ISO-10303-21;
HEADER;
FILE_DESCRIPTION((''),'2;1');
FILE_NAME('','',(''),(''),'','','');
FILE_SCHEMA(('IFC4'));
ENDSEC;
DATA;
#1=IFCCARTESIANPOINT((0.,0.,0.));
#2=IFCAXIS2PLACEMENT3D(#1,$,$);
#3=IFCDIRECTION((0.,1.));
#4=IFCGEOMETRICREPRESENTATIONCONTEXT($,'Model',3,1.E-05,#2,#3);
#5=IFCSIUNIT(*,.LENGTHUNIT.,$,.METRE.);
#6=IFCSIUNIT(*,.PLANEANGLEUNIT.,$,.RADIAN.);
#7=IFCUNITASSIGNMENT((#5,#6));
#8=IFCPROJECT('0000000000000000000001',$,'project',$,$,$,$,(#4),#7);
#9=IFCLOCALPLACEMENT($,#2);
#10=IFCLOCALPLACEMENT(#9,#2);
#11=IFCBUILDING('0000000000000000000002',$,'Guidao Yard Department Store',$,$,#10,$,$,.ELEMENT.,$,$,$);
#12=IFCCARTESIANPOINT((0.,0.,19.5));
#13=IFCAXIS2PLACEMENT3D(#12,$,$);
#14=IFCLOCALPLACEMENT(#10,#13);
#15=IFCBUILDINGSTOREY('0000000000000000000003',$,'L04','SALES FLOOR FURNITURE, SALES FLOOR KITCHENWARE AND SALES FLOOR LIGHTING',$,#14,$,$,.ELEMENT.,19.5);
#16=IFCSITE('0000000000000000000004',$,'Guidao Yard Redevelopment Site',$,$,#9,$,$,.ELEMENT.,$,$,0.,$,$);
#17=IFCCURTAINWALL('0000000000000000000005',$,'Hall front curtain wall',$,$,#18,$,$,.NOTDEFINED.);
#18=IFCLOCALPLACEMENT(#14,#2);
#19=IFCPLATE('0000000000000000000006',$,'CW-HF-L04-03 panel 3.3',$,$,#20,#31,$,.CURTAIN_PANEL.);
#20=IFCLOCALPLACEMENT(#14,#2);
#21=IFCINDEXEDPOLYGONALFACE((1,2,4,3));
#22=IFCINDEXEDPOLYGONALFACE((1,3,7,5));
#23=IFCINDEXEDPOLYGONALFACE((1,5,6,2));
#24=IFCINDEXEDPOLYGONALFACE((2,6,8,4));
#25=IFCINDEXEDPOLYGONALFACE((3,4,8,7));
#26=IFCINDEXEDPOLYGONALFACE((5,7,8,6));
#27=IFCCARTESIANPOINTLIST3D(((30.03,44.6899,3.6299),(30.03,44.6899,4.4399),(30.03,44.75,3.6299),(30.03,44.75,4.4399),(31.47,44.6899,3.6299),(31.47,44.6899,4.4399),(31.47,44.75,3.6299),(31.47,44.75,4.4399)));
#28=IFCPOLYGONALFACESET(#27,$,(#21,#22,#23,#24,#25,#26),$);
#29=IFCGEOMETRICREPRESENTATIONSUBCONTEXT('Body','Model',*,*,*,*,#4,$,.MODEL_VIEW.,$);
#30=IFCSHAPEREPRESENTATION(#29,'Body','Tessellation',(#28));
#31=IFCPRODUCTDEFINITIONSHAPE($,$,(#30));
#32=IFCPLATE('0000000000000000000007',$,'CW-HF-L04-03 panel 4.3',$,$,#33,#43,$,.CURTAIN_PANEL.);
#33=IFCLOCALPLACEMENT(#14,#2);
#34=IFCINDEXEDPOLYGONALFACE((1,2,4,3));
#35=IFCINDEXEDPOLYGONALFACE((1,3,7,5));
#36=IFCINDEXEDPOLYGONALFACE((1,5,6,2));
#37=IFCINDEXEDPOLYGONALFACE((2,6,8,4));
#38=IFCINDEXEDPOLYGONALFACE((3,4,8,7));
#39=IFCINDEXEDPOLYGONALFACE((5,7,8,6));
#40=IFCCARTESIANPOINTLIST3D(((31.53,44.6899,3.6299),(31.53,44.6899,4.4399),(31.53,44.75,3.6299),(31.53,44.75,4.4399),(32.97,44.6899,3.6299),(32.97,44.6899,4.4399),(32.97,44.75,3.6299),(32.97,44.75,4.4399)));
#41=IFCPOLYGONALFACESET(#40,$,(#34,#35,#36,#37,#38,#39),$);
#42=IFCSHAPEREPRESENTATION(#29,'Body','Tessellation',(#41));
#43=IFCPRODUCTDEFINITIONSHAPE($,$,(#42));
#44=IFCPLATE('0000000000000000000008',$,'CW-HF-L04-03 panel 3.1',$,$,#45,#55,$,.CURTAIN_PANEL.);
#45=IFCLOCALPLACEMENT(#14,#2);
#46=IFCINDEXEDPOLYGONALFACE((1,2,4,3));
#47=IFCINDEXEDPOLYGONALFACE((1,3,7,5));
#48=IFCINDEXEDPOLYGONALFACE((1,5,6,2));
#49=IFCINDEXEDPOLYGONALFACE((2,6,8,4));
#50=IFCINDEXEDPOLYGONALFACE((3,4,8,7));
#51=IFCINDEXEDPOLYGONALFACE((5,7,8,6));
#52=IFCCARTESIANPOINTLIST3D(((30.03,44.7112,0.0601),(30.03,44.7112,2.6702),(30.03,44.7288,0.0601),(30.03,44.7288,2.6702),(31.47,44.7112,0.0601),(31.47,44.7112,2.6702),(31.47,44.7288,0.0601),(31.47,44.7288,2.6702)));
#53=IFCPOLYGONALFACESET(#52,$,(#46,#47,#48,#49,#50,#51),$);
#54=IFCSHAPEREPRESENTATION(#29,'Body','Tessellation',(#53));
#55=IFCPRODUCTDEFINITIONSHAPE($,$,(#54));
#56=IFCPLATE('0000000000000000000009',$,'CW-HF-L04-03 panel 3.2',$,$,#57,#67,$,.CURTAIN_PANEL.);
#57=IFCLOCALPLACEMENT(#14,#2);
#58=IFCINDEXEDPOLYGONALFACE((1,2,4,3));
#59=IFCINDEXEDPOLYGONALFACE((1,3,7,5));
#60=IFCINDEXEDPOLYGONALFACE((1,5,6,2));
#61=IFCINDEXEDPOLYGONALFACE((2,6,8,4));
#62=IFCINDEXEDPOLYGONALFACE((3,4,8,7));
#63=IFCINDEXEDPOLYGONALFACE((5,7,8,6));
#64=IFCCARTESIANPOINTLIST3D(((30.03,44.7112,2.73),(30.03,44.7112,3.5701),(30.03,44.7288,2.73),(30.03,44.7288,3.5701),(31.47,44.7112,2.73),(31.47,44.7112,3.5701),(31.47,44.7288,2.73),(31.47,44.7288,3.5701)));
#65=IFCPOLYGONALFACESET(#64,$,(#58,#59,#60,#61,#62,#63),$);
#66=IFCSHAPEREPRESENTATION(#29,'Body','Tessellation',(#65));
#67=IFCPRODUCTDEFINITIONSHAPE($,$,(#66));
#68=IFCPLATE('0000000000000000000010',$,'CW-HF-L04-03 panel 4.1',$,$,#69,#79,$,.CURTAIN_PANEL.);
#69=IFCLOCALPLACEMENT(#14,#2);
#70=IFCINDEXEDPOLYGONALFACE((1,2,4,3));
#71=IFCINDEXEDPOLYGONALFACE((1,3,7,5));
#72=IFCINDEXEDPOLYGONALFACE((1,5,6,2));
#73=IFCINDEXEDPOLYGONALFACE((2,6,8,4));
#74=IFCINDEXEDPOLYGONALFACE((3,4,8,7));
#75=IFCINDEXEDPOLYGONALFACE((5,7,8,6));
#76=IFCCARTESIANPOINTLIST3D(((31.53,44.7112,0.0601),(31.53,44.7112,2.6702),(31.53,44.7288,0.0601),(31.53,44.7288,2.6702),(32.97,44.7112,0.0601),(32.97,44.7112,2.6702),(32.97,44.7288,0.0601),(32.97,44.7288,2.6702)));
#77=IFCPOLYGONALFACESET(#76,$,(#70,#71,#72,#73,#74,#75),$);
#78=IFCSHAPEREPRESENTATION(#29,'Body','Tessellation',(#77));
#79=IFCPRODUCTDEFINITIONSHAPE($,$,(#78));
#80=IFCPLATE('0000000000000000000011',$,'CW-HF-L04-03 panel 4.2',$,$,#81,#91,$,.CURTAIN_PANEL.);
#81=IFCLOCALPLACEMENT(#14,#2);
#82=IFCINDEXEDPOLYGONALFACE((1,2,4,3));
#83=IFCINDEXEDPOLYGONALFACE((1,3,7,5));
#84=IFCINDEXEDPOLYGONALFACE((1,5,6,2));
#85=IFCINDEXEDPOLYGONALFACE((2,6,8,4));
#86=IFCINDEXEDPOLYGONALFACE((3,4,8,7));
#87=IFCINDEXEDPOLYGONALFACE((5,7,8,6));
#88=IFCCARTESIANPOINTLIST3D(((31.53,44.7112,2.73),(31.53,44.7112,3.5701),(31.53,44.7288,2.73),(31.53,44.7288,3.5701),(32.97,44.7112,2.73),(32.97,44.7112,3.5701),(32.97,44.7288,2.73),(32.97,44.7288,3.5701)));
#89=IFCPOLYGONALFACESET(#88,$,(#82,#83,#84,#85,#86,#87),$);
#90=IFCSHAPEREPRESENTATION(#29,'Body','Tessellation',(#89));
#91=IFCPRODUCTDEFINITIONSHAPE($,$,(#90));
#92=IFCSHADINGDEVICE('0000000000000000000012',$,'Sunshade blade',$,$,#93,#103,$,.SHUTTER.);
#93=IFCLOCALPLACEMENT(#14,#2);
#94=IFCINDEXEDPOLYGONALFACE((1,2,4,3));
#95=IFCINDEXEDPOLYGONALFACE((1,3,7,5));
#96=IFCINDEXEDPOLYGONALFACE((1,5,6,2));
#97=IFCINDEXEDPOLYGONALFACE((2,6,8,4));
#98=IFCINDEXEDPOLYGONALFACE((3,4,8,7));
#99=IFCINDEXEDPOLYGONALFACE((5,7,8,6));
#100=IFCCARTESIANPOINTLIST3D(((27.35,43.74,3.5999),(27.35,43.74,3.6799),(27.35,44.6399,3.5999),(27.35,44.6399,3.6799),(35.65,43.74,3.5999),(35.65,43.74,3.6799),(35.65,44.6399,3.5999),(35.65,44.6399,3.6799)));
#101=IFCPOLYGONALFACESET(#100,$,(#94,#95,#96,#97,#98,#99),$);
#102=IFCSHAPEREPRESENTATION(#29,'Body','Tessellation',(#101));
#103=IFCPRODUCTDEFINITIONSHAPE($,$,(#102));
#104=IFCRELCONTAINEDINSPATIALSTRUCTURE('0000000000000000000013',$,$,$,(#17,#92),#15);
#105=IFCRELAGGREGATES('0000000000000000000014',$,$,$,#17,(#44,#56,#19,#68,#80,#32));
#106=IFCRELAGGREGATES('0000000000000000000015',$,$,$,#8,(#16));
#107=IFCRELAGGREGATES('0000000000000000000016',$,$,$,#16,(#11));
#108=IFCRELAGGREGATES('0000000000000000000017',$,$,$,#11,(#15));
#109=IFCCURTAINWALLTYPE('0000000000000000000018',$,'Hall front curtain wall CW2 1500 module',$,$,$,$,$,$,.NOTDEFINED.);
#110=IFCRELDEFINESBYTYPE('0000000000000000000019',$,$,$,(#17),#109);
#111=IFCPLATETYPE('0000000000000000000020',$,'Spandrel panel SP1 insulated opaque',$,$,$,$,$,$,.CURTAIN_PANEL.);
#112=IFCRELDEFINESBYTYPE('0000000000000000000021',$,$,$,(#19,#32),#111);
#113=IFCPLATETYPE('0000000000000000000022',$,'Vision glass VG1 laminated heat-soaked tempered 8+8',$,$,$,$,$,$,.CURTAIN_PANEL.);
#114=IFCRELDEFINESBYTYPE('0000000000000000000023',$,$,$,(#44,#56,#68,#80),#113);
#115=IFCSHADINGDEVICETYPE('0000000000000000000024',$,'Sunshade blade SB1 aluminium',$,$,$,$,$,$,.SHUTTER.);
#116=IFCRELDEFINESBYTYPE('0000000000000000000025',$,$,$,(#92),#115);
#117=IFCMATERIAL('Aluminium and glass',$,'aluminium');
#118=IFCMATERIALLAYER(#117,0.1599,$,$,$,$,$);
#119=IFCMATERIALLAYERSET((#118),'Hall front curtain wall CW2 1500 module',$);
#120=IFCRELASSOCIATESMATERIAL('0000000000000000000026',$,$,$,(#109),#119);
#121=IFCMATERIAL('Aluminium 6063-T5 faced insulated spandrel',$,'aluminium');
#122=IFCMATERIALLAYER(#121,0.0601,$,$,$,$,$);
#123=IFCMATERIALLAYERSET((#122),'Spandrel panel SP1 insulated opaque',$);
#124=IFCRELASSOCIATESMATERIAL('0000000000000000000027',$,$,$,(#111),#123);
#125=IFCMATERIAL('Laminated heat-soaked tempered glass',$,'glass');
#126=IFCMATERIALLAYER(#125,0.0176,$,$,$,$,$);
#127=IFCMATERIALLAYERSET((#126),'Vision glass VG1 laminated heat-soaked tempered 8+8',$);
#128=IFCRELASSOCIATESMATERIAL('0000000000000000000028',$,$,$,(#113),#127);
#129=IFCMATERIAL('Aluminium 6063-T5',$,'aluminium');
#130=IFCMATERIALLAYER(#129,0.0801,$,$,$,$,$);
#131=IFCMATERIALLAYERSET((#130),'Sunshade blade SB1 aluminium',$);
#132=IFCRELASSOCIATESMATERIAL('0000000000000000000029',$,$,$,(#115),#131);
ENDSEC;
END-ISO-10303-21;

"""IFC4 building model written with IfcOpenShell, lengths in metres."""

from ifc_helpers import new_model, si_unit, direction, frame, origin, origin_2d, place, context, subcontext, project, spatial, rectangle, extrude, material, layer, layer_set, type_object, element, aggregate, save


model = new_model("IFC4")

# Units and contexts
model_context = context("Model", 3, precision=1e-05, world=origin(), true_north=direction((0.0, 1.0)))
body_context = subcontext(model_context, "Body", "Model", "MODEL_VIEW")
ifc_project = project(units=[si_unit("LENGTHUNIT", "METRE"), si_unit("PLANEANGLEUNIT", "RADIAN")], contexts=[model_context])

# Site, building, storey
site_placement = place(None, origin())
site = spatial("IfcSite", under=ifc_project, at=site_placement, Name="Guidao Yard Redevelopment Site", CompositionType="ELEMENT", RefElevation=0.0)
building_placement = place(site_placement, origin())
building = spatial("IfcBuilding", under=site, at=building_placement, Name="Guidao Yard Department Store", CompositionType="ELEMENT")
storey_placement = place(building_placement, frame((0.0, 0.0, 19.5)))
storey = spatial("IfcBuildingStorey", under=building, at=storey_placement, Name="L04", Description="SALES FLOOR FURNITURE, SALES FLOOR KITCHENWARE AND SALES FLOOR LIGHTING", CompositionType="ELEMENT", Elevation=19.5)

# Curtain wall, plates
ifc_material_1 = material(Name="Aluminium and glass", Category="aluminium")
ifc_layer_1 = layer(ifc_material_1, 0.1599)
ifc_layer_set_1 = layer_set([ifc_layer_1], Name="Hall front curtain wall CW2 1500 module")
curtain_wall_type = type_object("IfcCurtainWallType", Name="Hall front curtain wall CW2 1500 module", PredefinedType="NOTDEFINED", material=ifc_layer_set_1)
curtain_wall_placement = place(storey_placement, origin())
curtain_wall = element("IfcCurtainWall", 1, at=curtain_wall_placement, inside=storey, type_object=curtain_wall_type, Name="Hall front curtain wall", PredefinedType="NOTDEFINED")
ifc_material_2 = material(Name="Aluminium 6063-T5 faced insulated spandrel", Category="aluminium")
ifc_layer_2 = layer(ifc_material_2, 0.0601)
ifc_layer_set_2 = layer_set([ifc_layer_2], Name="Spandrel panel SP1 insulated opaque")
plate_type_1 = type_object("IfcPlateType", Name="Spandrel panel SP1 insulated opaque", PredefinedType="CURTAIN_PANEL", material=ifc_layer_set_2)
plate_1_placement = place(storey_placement, frame((30.75, 44.72, 3.6299), z_axis=(0.0, 0.0, 1.0), x_axis=(-1.0, 0.0, 0.0)))
plate_1 = element("IfcPlate", 2, at=plate_1_placement, type_object=plate_type_1, Name="CW-HF-L04-03 panel 3.3", PredefinedType="CURTAIN_PANEL", context=body_context, shape_type="SweptSolid", body=[
    extrude(rectangle(XDim=1.4399, YDim=0.0601, at=origin_2d()), origin(), (0.0, 0.0, 1.0), 0.8101),
])
plate_2_placement = place(storey_placement, frame((32.25, 44.72, 3.6299), z_axis=(0.0, 0.0, 1.0), x_axis=(-1.0, 0.0, 0.0)))
plate_2 = element("IfcPlate", 3, at=plate_2_placement, type_object=plate_type_1, Name="CW-HF-L04-03 panel 4.3", PredefinedType="CURTAIN_PANEL", context=body_context, shape_type="SweptSolid", body=[
    extrude(rectangle(XDim=1.4399, YDim=0.0601, at=origin_2d()), origin(), (0.0, 0.0, 1.0), 0.8101),
])
ifc_material_3 = material(Name="Laminated heat-soaked tempered glass", Category="glass")
ifc_layer_3 = layer(ifc_material_3, 0.0176)
ifc_layer_set_3 = layer_set([ifc_layer_3], Name="Vision glass VG1 laminated heat-soaked tempered 8+8")
plate_type_2 = type_object("IfcPlateType", Name="Vision glass VG1 laminated heat-soaked tempered 8+8", PredefinedType="CURTAIN_PANEL", material=ifc_layer_set_3)
plate_3_placement = place(storey_placement, frame((30.75, 44.72, 0.0601), z_axis=(0.0, 0.0, 1.0), x_axis=(-1.0, 0.0, 0.0)))
plate_3 = element("IfcPlate", 4, at=plate_3_placement, type_object=plate_type_2, Name="CW-HF-L04-03 panel 3.1", PredefinedType="CURTAIN_PANEL", context=body_context, shape_type="SweptSolid", body=[
    extrude(rectangle(XDim=1.4399, YDim=0.0176, at=origin_2d()), origin(), (0.0, 0.0, 1.0), 2.6101),
])
plate_4_placement = place(storey_placement, frame((30.75, 44.72, 2.73), z_axis=(0.0, 0.0, 1.0), x_axis=(-1.0, 0.0, 0.0)))
plate_4 = element("IfcPlate", 5, at=plate_4_placement, type_object=plate_type_2, Name="CW-HF-L04-03 panel 3.2", PredefinedType="CURTAIN_PANEL", context=body_context, shape_type="SweptSolid", body=[
    extrude(rectangle(XDim=1.4399, YDim=0.0176, at=origin_2d()), origin(), (0.0, 0.0, 1.0), 0.8401),
])
plate_5_placement = place(storey_placement, frame((32.25, 44.72, 0.0601), z_axis=(0.0, 0.0, 1.0), x_axis=(-1.0, 0.0, 0.0)))
plate_5 = element("IfcPlate", 6, at=plate_5_placement, type_object=plate_type_2, Name="CW-HF-L04-03 panel 4.1", PredefinedType="CURTAIN_PANEL", context=body_context, shape_type="SweptSolid", body=[
    extrude(rectangle(XDim=1.4399, YDim=0.0176, at=origin_2d()), origin(), (0.0, 0.0, 1.0), 2.6101),
])
plate_6_placement = place(storey_placement, frame((32.25, 44.72, 2.73), z_axis=(0.0, 0.0, 1.0), x_axis=(-1.0, 0.0, 0.0)))
plate_6 = element("IfcPlate", 7, at=plate_6_placement, type_object=plate_type_2, Name="CW-HF-L04-03 panel 4.2", PredefinedType="CURTAIN_PANEL", context=body_context, shape_type="SweptSolid", body=[
    extrude(rectangle(XDim=1.4399, YDim=0.0176, at=origin_2d()), origin(), (0.0, 0.0, 1.0), 0.8401),
])
aggregate(curtain_wall, [plate_3, plate_4, plate_1, plate_5, plate_6, plate_2])

# Shading device
ifc_material_4 = material(Name="Aluminium 6063-T5", Category="aluminium")
ifc_layer_4 = layer(ifc_material_4, 0.0801)
ifc_layer_set_4 = layer_set([ifc_layer_4], Name="Sunshade blade SB1 aluminium")
shading_device_type = type_object("IfcShadingDeviceType", Name="Sunshade blade SB1 aluminium", PredefinedType="SHUTTER", material=ifc_layer_set_4)
shading_device_placement = place(storey_placement, frame((31.5, 44.1899, 3.5999), z_axis=(0.0, 0.0, 1.0), x_axis=(-1.0, 0.0, 0.0)))
element("IfcShadingDevice", 8, at=shading_device_placement, inside=storey, type_object=shading_device_type, Name="Sunshade blade", PredefinedType="SHUTTER", context=body_context, shape_type="SweptSolid", body=[
    extrude(rectangle(XDim=8.3, YDim=0.8999, at=origin_2d()), origin(), (0.0, 0.0, 1.0), 0.0801),
])

save(model, "model.ifc")
